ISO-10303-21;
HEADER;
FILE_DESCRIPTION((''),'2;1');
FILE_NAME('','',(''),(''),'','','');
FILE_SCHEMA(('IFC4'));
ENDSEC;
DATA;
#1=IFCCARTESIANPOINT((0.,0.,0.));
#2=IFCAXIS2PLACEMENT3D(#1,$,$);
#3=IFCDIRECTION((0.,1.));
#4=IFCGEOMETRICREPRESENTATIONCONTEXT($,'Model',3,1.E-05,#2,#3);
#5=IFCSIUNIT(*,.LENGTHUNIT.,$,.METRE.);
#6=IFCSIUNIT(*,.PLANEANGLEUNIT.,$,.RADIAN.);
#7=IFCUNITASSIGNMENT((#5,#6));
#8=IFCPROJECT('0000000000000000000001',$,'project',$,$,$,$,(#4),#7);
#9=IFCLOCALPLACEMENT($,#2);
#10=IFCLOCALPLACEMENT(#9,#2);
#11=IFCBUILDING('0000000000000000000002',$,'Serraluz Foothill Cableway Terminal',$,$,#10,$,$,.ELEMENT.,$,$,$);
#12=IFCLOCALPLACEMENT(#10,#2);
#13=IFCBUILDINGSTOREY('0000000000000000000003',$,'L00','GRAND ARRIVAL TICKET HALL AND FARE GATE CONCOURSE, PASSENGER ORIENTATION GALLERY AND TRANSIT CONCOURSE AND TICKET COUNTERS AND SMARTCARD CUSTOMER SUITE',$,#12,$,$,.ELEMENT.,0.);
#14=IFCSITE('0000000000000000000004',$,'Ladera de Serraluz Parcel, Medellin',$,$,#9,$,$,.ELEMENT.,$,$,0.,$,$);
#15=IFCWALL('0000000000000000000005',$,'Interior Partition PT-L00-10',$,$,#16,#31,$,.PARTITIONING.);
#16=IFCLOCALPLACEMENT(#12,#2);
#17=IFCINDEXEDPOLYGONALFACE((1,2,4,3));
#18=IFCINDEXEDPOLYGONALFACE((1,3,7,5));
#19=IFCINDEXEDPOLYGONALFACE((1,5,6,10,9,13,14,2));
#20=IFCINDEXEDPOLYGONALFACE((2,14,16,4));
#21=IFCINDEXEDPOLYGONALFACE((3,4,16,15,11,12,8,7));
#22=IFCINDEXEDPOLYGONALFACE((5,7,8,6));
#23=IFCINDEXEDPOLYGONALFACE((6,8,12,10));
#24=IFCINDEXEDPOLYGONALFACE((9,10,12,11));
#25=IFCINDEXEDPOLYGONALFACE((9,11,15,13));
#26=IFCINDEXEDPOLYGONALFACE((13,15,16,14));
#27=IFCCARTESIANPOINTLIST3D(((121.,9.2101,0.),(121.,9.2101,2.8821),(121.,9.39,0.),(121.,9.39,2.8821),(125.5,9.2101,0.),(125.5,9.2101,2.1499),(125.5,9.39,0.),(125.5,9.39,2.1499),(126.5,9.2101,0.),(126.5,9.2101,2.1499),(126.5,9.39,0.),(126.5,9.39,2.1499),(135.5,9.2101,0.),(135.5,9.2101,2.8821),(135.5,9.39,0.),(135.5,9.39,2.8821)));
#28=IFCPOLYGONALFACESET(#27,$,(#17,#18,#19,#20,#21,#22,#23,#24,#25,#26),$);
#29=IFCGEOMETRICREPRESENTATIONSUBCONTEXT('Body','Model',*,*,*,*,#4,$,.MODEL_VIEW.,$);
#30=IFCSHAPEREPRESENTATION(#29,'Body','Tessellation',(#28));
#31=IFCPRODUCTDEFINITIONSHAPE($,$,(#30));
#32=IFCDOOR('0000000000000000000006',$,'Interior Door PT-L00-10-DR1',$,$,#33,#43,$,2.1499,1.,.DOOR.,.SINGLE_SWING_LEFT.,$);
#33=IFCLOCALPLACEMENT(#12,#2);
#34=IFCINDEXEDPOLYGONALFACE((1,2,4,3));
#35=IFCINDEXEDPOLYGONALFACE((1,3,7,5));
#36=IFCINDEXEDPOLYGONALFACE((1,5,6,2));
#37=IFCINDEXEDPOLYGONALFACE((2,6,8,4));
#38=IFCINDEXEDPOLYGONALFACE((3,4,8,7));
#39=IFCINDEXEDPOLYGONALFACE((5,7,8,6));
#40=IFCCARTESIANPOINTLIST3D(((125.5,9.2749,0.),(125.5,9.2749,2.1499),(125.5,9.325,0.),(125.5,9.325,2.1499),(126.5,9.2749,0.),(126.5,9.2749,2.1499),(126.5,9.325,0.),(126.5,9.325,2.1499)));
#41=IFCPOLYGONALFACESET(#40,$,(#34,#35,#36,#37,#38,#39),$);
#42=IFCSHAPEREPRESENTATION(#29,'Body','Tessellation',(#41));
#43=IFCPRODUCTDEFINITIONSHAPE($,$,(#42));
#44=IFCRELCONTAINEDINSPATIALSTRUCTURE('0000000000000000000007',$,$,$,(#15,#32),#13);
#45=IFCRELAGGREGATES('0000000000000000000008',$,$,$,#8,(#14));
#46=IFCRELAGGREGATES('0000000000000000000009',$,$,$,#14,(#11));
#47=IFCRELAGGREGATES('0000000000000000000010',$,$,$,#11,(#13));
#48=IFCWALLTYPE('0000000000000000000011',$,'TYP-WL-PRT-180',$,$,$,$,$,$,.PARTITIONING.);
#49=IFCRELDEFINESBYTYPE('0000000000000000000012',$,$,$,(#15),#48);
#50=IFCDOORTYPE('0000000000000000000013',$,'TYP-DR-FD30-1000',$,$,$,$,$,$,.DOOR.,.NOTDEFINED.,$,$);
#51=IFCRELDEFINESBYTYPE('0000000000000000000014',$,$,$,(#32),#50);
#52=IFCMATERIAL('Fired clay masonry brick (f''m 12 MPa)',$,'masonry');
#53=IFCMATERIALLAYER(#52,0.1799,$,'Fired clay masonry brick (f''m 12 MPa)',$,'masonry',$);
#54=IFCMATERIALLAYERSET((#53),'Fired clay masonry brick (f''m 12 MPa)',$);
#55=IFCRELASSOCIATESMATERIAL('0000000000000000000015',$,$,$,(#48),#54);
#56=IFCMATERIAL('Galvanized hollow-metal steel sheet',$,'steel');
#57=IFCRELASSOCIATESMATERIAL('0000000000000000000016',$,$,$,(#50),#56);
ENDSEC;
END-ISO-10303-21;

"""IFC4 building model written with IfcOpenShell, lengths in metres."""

from ifc_helpers import new_model, si_unit, direction, frame, frame_2d, origin, place, context, subcontext, project, spatial, rectangle, extrude, material, layer, layer_set, type_object, element, fill, save


model = new_model("IFC4")

# Units and contexts
model_context = context("Model", 3, precision=1e-05, world=origin(), true_north=direction((0.0, 1.0)))
body_context = subcontext(model_context, "Body", "Model", "MODEL_VIEW")
ifc_project = project(units=[si_unit("LENGTHUNIT", "METRE"), si_unit("PLANEANGLEUNIT", "RADIAN")], contexts=[model_context])

# Site, building, storey
site_placement = place(None, origin())
site = spatial("IfcSite", under=ifc_project, at=site_placement, Name="Ladera de Serraluz Parcel, Medellin", CompositionType="ELEMENT", RefElevation=0.0)
building_placement = place(site_placement, origin())
building = spatial("IfcBuilding", under=site, at=building_placement, Name="Serraluz Foothill Cableway Terminal", CompositionType="ELEMENT")
storey_placement = place(building_placement, origin())
storey = spatial("IfcBuildingStorey", under=building, at=storey_placement, Name="L00", Description="GRAND ARRIVAL TICKET HALL AND FARE GATE CONCOURSE, PASSENGER ORIENTATION GALLERY AND TRANSIT CONCOURSE AND TICKET COUNTERS AND SMARTCARD CUSTOMER SUITE", CompositionType="ELEMENT", Elevation=0.0)

# Wall, opening, door
ifc_material_1 = material(Name="Fired clay masonry brick (f'm 12 MPa)", Category="masonry")
ifc_layer_1 = layer(ifc_material_1, 0.1799, Name="Fired clay masonry brick (f'm 12 MPa)", Category="masonry")
ifc_layer_set_1 = layer_set([ifc_layer_1], Name="Fired clay masonry brick (f'm 12 MPa)")
wall_type_1 = type_object("IfcWallType", Name="TYP-WL-PRT-180", PredefinedType="PARTITIONING", material=ifc_layer_set_1)
wall_1_placement = place(storey_placement, frame((121.0, 9.3, 0.0), z_axis=(0.0, 0.0, 1.0), x_axis=(1.0, 0.0, 0.0)))
wall_1 = element("IfcWall", 1, at=wall_1_placement, inside=storey, type_object=wall_type_1, Name="Interior Partition PT-L00-10", PredefinedType="PARTITIONING", context=body_context, shape_type="SweptSolid", body=[
    extrude(rectangle(XDim=14.5, YDim=0.1799, at=frame_2d((7.25, 0.0))), origin(), (0.0, 0.0, 1.0), 2.8821),
])
opening_1_placement = place(wall_1_placement, frame((4.5, 0.0, 0.0)))
opening_1 = element("IfcOpeningElement", 2, at=opening_1_placement, cuts=wall_1, PredefinedType="OPENING", context=body_context, shape_type="SweptSolid", body=[
    extrude(rectangle(XDim=1.0, YDim=2.1499, at=frame_2d((0.5, 1.075))), frame((0.0, 0.1001, 0.0), z_axis=(0.0, -1.0, 0.0), x_axis=(1.0, 0.0, 0.0)), (0.0, 0.0, 1.0), 0.2),
])
ifc_material_2 = material(Name="Galvanized hollow-metal steel sheet", Category="steel")
door_type_1 = type_object("IfcDoorType", Name="TYP-DR-FD30-1000", OperationType="NOTDEFINED", PredefinedType="DOOR", material=ifc_material_2)
door_1_placement = place(opening_1_placement, origin())
door_1 = element("IfcDoor", 3, at=door_1_placement, inside=storey, type_object=door_type_1, Name="Interior Door PT-L00-10-DR1", OperationType="SINGLE_SWING_LEFT", OverallHeight=2.1499, OverallWidth=1.0, PredefinedType="DOOR", context=body_context, shape_type="SweptSolid", body=[
    extrude(rectangle(XDim=1.0, YDim=2.1499, at=frame_2d((0.5, 1.075))), frame((0.0, 0.0249, 0.0), z_axis=(0.0, -1.0, 0.0), x_axis=(1.0, 0.0, 0.0)), (0.0, 0.0, 1.0), 0.05),
])
fill(opening_1, door_1)

save(model, "model.ifc")
